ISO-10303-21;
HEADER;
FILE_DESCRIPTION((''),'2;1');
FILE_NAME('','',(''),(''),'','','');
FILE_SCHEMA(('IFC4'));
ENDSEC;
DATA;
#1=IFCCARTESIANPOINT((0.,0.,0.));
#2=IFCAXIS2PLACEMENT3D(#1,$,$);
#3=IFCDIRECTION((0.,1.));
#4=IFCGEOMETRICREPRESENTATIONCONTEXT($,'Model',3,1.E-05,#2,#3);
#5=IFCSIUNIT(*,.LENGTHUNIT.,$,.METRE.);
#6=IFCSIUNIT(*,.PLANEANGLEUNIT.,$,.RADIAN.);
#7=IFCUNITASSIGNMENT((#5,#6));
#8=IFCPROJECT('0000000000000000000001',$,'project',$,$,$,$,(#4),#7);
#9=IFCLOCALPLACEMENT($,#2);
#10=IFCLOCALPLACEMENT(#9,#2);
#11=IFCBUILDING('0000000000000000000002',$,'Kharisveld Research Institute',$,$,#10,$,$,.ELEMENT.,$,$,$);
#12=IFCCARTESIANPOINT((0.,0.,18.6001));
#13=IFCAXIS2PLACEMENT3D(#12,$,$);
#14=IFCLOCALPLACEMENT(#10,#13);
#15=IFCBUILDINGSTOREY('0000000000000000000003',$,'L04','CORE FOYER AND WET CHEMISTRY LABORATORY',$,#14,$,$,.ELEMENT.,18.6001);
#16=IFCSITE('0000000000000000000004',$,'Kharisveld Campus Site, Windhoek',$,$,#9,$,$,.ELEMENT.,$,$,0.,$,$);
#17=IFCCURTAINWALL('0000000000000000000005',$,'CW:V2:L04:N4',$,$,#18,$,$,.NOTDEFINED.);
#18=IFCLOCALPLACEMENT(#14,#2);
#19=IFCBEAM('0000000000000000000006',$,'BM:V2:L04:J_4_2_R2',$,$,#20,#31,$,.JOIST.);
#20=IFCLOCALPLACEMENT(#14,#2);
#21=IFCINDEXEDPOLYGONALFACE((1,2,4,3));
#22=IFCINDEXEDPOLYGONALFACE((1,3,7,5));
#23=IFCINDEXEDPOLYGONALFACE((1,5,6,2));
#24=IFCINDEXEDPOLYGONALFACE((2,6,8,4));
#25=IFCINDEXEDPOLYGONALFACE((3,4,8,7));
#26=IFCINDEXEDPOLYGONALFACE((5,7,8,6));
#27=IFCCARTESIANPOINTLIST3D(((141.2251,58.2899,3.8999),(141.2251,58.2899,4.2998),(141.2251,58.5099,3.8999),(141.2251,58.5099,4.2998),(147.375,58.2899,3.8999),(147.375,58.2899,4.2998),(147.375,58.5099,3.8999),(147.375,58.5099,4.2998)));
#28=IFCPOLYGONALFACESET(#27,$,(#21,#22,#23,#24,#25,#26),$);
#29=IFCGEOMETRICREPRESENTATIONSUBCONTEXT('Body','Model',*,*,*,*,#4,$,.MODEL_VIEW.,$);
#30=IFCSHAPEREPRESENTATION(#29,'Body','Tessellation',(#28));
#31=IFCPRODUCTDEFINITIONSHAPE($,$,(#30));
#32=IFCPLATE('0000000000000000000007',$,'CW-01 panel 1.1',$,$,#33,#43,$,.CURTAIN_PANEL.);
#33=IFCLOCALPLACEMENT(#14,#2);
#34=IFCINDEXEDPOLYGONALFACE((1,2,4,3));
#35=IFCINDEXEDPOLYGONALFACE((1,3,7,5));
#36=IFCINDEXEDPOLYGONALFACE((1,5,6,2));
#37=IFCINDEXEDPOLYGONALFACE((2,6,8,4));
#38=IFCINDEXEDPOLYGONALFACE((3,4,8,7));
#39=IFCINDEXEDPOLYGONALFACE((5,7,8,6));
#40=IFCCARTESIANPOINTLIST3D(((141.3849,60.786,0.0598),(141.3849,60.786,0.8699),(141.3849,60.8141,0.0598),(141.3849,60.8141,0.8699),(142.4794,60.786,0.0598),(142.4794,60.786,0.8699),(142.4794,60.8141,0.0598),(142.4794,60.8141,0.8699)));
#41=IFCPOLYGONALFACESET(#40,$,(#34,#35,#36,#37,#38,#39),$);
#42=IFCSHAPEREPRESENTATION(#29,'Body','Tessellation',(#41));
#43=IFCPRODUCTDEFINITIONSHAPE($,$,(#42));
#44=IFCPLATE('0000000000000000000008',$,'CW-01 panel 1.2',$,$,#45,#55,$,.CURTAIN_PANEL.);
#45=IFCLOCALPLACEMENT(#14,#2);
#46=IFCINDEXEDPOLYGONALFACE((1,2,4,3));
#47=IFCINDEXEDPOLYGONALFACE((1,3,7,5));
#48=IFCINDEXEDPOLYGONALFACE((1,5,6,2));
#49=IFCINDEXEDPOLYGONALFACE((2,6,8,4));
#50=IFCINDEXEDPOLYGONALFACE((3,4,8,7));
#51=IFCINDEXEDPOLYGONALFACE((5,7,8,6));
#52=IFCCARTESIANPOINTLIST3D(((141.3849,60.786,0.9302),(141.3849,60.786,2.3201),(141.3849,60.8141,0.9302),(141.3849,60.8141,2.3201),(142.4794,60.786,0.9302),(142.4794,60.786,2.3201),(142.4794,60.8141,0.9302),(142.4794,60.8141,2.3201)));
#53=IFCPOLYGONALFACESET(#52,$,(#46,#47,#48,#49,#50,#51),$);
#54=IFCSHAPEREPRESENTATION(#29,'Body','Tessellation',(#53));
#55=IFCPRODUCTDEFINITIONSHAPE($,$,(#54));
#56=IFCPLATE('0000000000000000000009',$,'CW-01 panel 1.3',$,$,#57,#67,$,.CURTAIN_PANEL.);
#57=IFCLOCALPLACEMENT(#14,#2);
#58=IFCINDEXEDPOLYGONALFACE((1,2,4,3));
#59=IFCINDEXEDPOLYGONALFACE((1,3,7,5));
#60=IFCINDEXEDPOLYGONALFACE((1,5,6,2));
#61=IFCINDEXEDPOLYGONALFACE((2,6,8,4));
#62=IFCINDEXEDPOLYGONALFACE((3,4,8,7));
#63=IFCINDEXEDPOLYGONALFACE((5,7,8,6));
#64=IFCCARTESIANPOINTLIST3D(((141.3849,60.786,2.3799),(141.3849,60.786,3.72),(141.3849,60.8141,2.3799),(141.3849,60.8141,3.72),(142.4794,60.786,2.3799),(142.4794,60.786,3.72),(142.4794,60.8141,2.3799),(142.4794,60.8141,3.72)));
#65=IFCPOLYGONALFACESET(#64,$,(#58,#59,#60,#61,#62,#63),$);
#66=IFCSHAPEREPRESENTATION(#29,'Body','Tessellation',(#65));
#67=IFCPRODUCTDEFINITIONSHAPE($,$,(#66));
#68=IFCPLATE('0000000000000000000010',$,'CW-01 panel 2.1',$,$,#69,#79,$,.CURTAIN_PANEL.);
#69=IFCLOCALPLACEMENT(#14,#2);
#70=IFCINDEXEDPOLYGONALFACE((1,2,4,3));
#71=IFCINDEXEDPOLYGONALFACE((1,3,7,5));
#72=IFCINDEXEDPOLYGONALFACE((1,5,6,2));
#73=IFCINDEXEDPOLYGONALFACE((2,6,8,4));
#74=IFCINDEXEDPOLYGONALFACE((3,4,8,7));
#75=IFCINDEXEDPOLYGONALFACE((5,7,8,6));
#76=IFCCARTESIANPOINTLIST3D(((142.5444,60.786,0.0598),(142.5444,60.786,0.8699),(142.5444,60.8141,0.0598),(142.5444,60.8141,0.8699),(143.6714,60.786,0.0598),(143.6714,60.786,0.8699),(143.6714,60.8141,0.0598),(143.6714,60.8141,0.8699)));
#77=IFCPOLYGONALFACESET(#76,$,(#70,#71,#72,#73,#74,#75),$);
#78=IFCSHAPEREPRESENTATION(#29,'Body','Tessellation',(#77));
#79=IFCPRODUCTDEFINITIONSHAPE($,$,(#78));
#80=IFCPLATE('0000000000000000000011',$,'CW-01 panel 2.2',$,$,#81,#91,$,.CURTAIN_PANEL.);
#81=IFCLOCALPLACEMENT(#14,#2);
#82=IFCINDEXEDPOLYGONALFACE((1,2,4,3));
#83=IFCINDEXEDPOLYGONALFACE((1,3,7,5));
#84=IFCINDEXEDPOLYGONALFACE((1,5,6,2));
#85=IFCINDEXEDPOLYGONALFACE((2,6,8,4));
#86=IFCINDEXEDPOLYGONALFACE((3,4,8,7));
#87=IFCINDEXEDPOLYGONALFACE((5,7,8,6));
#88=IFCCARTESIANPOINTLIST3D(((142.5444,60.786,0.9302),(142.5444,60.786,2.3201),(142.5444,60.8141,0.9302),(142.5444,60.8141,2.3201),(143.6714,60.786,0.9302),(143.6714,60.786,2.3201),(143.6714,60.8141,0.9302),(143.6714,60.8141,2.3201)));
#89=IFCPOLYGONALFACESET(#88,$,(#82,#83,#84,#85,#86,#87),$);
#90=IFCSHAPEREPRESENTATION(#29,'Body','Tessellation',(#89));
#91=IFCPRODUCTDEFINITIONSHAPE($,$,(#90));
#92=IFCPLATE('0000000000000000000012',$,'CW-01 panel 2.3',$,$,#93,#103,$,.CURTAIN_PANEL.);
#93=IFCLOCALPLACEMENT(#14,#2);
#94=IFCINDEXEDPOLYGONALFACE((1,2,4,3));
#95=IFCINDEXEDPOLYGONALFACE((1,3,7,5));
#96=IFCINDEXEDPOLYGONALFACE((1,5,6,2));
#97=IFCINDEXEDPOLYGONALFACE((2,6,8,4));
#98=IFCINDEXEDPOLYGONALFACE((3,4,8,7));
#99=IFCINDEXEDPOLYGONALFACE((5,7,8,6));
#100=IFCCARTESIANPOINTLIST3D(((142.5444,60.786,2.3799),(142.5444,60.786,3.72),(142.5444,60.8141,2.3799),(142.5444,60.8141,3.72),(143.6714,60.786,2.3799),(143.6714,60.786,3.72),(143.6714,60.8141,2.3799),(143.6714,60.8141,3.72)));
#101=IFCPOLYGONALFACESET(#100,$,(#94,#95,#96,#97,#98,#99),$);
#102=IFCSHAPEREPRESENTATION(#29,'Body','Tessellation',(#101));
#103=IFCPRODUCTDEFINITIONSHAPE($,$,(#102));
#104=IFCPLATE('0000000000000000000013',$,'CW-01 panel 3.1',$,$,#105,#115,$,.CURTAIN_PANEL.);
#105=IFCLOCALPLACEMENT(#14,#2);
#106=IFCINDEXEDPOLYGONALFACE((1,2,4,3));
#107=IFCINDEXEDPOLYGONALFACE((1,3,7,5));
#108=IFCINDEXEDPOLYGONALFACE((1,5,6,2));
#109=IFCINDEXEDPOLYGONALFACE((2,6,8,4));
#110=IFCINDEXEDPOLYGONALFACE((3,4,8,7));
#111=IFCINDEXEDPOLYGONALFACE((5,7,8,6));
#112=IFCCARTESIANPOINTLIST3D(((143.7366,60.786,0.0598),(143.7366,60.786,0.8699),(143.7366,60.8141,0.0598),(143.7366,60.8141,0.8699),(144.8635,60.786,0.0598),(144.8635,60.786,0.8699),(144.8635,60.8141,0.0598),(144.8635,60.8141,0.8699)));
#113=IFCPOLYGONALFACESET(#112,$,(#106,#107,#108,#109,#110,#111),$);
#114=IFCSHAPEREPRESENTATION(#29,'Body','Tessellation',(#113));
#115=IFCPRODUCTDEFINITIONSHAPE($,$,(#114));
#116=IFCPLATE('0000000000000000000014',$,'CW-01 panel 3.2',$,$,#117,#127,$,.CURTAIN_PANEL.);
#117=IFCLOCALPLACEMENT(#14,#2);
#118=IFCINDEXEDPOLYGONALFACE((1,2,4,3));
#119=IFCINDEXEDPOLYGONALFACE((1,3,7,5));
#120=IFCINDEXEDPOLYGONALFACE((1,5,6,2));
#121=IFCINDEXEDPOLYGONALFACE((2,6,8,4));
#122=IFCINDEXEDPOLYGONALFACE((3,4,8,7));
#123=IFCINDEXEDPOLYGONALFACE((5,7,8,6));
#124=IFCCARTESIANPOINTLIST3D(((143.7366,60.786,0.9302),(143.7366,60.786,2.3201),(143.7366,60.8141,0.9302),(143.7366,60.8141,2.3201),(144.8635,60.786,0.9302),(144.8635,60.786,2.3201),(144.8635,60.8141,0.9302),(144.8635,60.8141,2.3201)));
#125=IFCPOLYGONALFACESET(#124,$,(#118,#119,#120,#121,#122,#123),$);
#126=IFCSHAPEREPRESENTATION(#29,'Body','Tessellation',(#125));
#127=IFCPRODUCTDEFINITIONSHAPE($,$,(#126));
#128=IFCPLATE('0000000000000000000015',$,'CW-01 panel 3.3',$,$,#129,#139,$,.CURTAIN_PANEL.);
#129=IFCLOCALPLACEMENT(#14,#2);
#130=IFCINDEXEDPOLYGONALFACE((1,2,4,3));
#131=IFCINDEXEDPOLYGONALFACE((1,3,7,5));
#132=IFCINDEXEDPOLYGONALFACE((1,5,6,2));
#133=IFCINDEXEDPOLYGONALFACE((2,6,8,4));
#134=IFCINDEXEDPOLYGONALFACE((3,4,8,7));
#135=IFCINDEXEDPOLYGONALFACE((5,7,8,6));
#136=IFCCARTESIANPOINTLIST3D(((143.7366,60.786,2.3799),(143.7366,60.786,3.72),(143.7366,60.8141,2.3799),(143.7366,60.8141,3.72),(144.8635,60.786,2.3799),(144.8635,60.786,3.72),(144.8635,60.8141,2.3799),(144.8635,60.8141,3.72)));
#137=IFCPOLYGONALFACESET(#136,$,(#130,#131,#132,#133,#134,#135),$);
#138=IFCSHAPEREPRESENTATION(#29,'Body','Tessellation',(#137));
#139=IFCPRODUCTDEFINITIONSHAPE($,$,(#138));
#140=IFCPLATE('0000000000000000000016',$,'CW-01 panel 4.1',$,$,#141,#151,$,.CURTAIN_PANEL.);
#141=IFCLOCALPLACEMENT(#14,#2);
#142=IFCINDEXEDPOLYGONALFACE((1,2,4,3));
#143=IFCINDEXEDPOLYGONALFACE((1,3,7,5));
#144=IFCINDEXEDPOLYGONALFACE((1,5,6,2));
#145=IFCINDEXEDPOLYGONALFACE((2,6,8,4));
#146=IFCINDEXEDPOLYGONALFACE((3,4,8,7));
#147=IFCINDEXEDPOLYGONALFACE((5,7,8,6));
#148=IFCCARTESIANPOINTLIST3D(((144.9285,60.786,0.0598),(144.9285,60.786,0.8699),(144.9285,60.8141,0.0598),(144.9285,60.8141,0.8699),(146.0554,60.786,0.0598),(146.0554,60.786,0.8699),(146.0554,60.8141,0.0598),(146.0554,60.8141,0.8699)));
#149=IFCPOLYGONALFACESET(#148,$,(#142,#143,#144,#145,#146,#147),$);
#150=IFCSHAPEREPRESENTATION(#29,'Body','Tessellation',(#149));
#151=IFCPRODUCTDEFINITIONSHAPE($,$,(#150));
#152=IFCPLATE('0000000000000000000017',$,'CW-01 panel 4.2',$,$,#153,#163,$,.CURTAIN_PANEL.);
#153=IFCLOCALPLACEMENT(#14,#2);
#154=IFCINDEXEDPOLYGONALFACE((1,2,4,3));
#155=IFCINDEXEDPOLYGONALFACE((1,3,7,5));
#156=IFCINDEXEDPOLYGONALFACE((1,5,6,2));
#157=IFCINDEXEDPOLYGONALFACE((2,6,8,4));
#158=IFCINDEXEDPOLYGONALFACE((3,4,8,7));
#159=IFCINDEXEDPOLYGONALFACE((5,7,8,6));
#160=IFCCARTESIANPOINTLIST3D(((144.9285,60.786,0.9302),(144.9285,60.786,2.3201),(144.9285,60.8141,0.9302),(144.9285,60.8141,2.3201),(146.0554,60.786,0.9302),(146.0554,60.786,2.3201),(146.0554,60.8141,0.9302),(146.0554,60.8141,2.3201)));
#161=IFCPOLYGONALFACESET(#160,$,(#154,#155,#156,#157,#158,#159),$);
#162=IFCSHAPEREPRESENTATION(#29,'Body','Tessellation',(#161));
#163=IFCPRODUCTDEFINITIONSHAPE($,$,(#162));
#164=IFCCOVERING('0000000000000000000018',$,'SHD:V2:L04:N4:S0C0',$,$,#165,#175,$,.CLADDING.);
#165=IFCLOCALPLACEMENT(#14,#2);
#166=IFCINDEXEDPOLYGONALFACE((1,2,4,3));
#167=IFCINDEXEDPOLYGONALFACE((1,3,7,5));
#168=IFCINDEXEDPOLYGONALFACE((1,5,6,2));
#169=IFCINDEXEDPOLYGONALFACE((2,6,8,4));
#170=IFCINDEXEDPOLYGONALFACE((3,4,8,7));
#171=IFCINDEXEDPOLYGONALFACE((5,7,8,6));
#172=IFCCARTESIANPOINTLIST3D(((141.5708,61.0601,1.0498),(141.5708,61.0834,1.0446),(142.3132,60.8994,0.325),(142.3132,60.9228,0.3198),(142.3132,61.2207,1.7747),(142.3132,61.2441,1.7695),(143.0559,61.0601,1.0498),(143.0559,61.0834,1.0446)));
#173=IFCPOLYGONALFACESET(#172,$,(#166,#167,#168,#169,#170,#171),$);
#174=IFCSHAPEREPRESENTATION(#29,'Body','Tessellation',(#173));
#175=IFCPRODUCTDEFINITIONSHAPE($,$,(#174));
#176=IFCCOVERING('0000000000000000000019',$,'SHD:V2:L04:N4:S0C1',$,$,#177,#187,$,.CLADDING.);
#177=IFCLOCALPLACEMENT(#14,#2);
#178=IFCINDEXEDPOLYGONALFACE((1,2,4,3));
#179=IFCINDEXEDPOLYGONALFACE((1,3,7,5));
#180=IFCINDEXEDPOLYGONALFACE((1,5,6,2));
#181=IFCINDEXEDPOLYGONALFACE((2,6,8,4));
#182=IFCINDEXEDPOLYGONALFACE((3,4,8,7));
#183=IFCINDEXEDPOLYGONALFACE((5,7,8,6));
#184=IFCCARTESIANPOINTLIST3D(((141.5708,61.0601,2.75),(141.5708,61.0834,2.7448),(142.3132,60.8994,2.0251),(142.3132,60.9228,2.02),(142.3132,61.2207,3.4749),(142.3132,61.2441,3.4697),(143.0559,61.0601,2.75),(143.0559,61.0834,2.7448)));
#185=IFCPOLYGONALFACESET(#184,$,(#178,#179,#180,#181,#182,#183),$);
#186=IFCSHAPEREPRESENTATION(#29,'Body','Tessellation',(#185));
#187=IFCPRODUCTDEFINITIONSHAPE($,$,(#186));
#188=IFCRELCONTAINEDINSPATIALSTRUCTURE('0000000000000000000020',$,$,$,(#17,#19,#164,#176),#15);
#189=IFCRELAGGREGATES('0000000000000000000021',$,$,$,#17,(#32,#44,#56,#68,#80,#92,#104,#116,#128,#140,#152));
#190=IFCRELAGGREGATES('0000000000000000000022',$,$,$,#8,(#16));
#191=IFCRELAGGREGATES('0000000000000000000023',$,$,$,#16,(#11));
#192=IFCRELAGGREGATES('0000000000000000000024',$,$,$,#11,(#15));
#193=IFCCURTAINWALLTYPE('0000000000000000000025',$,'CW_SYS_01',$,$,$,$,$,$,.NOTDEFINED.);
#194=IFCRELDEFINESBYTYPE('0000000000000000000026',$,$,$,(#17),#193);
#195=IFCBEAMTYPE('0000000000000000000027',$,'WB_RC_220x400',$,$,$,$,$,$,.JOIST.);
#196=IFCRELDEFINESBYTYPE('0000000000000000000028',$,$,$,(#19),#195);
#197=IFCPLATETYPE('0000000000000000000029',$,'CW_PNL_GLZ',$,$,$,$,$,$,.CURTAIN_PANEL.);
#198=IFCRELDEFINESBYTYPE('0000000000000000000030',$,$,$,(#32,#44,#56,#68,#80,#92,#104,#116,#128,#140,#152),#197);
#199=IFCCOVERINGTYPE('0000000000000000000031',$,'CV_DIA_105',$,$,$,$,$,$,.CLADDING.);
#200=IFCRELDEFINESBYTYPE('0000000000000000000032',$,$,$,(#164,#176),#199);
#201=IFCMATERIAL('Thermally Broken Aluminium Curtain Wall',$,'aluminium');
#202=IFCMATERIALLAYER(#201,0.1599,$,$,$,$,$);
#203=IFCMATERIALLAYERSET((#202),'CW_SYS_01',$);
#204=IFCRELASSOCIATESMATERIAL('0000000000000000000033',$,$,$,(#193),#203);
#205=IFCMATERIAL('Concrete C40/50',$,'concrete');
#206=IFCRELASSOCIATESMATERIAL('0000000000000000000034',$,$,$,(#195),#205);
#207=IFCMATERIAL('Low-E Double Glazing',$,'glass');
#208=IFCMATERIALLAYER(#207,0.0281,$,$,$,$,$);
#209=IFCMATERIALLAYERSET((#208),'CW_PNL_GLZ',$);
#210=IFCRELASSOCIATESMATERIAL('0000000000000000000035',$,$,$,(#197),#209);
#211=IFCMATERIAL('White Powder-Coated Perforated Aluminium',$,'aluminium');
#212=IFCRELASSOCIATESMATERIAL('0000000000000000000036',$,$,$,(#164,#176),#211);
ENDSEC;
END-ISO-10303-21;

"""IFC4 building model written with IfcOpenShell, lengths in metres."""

from ifc_helpers import new_model, si_unit, direction, frame, origin, origin_2d, place, context, subcontext, project, spatial, polyline, rectangle, outline, extrude, material, layer, layer_set, material_profile, profile_set, type_object, element, aggregate, save


model = new_model("IFC4")

# Units and contexts
model_context = context("Model", 3, precision=1e-05, world=origin(), true_north=direction((0.0, 1.0)))
body_context = subcontext(model_context, "Body", "Model", "MODEL_VIEW")
ifc_project = project(units=[si_unit("LENGTHUNIT", "METRE"), si_unit("PLANEANGLEUNIT", "RADIAN")], contexts=[model_context])

# Site, building, storey
site_placement = place(None, origin())
site = spatial("IfcSite", under=ifc_project, at=site_placement, Name="Kharisveld Campus Site, Windhoek", CompositionType="ELEMENT", RefElevation=0.0)
building_placement = place(site_placement, origin())
building = spatial("IfcBuilding", under=site, at=building_placement, Name="Kharisveld Research Institute", CompositionType="ELEMENT")
storey_placement = place(building_placement, frame((0.0, 0.0, 18.6001)))
storey = spatial("IfcBuildingStorey", under=building, at=storey_placement, Name="L04", Description="CORE FOYER AND WET CHEMISTRY LABORATORY", CompositionType="ELEMENT", Elevation=18.6001)

# Curtain wall
ifc_material_1 = material(Name="Thermally Broken Aluminium Curtain Wall", Category="aluminium")
ifc_layer_1 = layer(ifc_material_1, 0.1599)
ifc_layer_set_1 = layer_set([ifc_layer_1], Name="CW_SYS_01")
curtain_wall_type = type_object("IfcCurtainWallType", Name="CW_SYS_01", PredefinedType="NOTDEFINED", material=ifc_layer_set_1)
curtain_wall_placement = place(storey_placement, origin())
curtain_wall = element("IfcCurtainWall", 1, at=curtain_wall_placement, inside=storey, type_object=curtain_wall_type, Name="CW:V2:L04:N4", PredefinedType="NOTDEFINED")

# Beam
ifc_material_2 = material(Name="Concrete C40/50", Category="concrete")
ifc_material_profile_1 = material_profile(ifc_material_2, rectangle(XDim=0.22, YDim=0.3999, at=origin_2d()))
ifc_profile_set_1 = profile_set([ifc_material_profile_1], Name="Concrete C40/50")
beam_type_1 = type_object("IfcBeamType", Name="WB_RC_220x400", PredefinedType="JOIST", material=ifc_profile_set_1)
beam_1_placement = place(storey_placement, frame((141.2251, 58.3999, 4.0999), z_axis=(1.0, 0.0, 0.0), x_axis=(0.0, 1.0, 0.0)))
element("IfcBeam", 2, at=beam_1_placement, inside=storey, type_object=beam_type_1, Name="BM:V2:L04:J_4_2_R2", PredefinedType="JOIST", context=body_context, shape_type="SweptSolid", body=[
    extrude(rectangle(XDim=0.22, YDim=0.3999, at=origin_2d()), origin(), (0.0, 0.0, 1.0), 6.1499),
])

# Plates
ifc_material_3 = material(Name="Low-E Double Glazing", Category="glass")
ifc_layer_2 = layer(ifc_material_3, 0.0281)
ifc_layer_set_2 = layer_set([ifc_layer_2], Name="CW_PNL_GLZ")
plate_type = type_object("IfcPlateType", Name="CW_PNL_GLZ", PredefinedType="CURTAIN_PANEL", material=ifc_layer_set_2)
plate_1_placement = place(storey_placement, frame((141.9321, 60.8, 0.0598), z_axis=(0.0, 0.0, 1.0), x_axis=(1.0, 0.0, 0.0)))
plate_1 = element("IfcPlate", 3, at=plate_1_placement, type_object=plate_type, Name="CW-01 panel 1.1", PredefinedType="CURTAIN_PANEL", context=body_context, shape_type="SweptSolid", body=[
    extrude(rectangle(XDim=1.0945, YDim=0.0281, at=origin_2d()), origin(), (0.0, 0.0, 1.0), 0.8101),
])
plate_2_placement = place(storey_placement, frame((141.9321, 60.8, 0.9302), z_axis=(0.0, 0.0, 1.0), x_axis=(1.0, 0.0, 0.0)))
plate_2 = element("IfcPlate", 4, at=plate_2_placement, type_object=plate_type, Name="CW-01 panel 1.2", PredefinedType="CURTAIN_PANEL", context=body_context, shape_type="SweptSolid", body=[
    extrude(rectangle(XDim=1.0945, YDim=0.0281, at=origin_2d()), origin(), (0.0, 0.0, 1.0), 1.3899),
])
plate_3_placement = place(storey_placement, frame((141.9321, 60.8, 2.3799), z_axis=(0.0, 0.0, 1.0), x_axis=(1.0, 0.0, 0.0)))
plate_3 = element("IfcPlate", 5, at=plate_3_placement, type_object=plate_type, Name="CW-01 panel 1.3", PredefinedType="CURTAIN_PANEL", context=body_context, shape_type="SweptSolid", body=[
    extrude(rectangle(XDim=1.0945, YDim=0.0281, at=origin_2d()), origin(), (0.0, 0.0, 1.0), 1.3401),
])
plate_4_placement = place(storey_placement, frame((143.1079, 60.8, 0.0598), z_axis=(0.0, 0.0, 1.0), x_axis=(1.0, 0.0, 0.0)))
plate_4 = element("IfcPlate", 6, at=plate_4_placement, type_object=plate_type, Name="CW-01 panel 2.1", PredefinedType="CURTAIN_PANEL", context=body_context, shape_type="SweptSolid", body=[
    extrude(rectangle(XDim=1.127, YDim=0.0281, at=origin_2d()), origin(), (0.0, 0.0, 1.0), 0.8101),
])
plate_5_placement = place(storey_placement, frame((143.1079, 60.8, 0.9302), z_axis=(0.0, 0.0, 1.0), x_axis=(1.0, 0.0, 0.0)))
plate_5 = element("IfcPlate", 7, at=plate_5_placement, type_object=plate_type, Name="CW-01 panel 2.2", PredefinedType="CURTAIN_PANEL", context=body_context, shape_type="SweptSolid", body=[
    extrude(rectangle(XDim=1.127, YDim=0.0281, at=origin_2d()), origin(), (0.0, 0.0, 1.0), 1.3899),
])
plate_6_placement = place(storey_placement, frame((143.1079, 60.8, 2.3799), z_axis=(0.0, 0.0, 1.0), x_axis=(1.0, 0.0, 0.0)))
plate_6 = element("IfcPlate", 8, at=plate_6_placement, type_object=plate_type, Name="CW-01 panel 2.3", PredefinedType="CURTAIN_PANEL", context=body_context, shape_type="SweptSolid", body=[
    extrude(rectangle(XDim=1.127, YDim=0.0281, at=origin_2d()), origin(), (0.0, 0.0, 1.0), 1.3401),
])
plate_7_placement = place(storey_placement, frame((144.3, 60.8, 0.0598), z_axis=(0.0, 0.0, 1.0), x_axis=(1.0, 0.0, 0.0)))
plate_7 = element("IfcPlate", 9, at=plate_7_placement, type_object=plate_type, Name="CW-01 panel 3.1", PredefinedType="CURTAIN_PANEL", context=body_context, shape_type="SweptSolid", body=[
    extrude(rectangle(XDim=1.127, YDim=0.0281, at=origin_2d()), origin(), (0.0, 0.0, 1.0), 0.8101),
])
plate_8_placement = place(storey_placement, frame((144.3, 60.8, 0.9302), z_axis=(0.0, 0.0, 1.0), x_axis=(1.0, 0.0, 0.0)))
plate_8 = element("IfcPlate", 10, at=plate_8_placement, type_object=plate_type, Name="CW-01 panel 3.2", PredefinedType="CURTAIN_PANEL", context=body_context, shape_type="SweptSolid", body=[
    extrude(rectangle(XDim=1.127, YDim=0.0281, at=origin_2d()), origin(), (0.0, 0.0, 1.0), 1.3899),
])
plate_9_placement = place(storey_placement, frame((144.3, 60.8, 2.3799), z_axis=(0.0, 0.0, 1.0), x_axis=(1.0, 0.0, 0.0)))
plate_9 = element("IfcPlate", 11, at=plate_9_placement, type_object=plate_type, Name="CW-01 panel 3.3", PredefinedType="CURTAIN_PANEL", context=body_context, shape_type="SweptSolid", body=[
    extrude(rectangle(XDim=1.127, YDim=0.0281, at=origin_2d()), origin(), (0.0, 0.0, 1.0), 1.3401),
])
plate_10_placement = place(storey_placement, frame((145.4919, 60.8, 0.0598), z_axis=(0.0, 0.0, 1.0), x_axis=(1.0, 0.0, 0.0)))
plate_10 = element("IfcPlate", 12, at=plate_10_placement, type_object=plate_type, Name="CW-01 panel 4.1", PredefinedType="CURTAIN_PANEL", context=body_context, shape_type="SweptSolid", body=[
    extrude(rectangle(XDim=1.127, YDim=0.0281, at=origin_2d()), origin(), (0.0, 0.0, 1.0), 0.8101),
])
plate_11_placement = place(storey_placement, frame((145.4919, 60.8, 0.9302), z_axis=(0.0, 0.0, 1.0), x_axis=(1.0, 0.0, 0.0)))
plate_11 = element("IfcPlate", 13, at=plate_11_placement, type_object=plate_type, Name="CW-01 panel 4.2", PredefinedType="CURTAIN_PANEL", context=body_context, shape_type="SweptSolid", body=[
    extrude(rectangle(XDim=1.127, YDim=0.0281, at=origin_2d()), origin(), (0.0, 0.0, 1.0), 1.3899),
])
aggregate(curtain_wall, [plate_1, plate_2, plate_3, plate_4, plate_5, plate_6, plate_7, plate_8, plate_9, plate_10, plate_11])

# Coverings
ifc_material_4 = material(Name="White Powder-Coated Perforated Aluminium", Category="aluminium")
covering_type = type_object("IfcCoveringType", Name="CV_DIA_105", PredefinedType="CLADDING")
for number, where, z_axis, x_axis, name in (
    (14, (142.3132, 60.8994, 0.325), (0.0, -0.976311, 0.216373), (0.707218, 0.152975, 0.690247), "SHD:V2:L04:N4:S0C0"),
    (15, (142.3132, 60.8994, 2.0251), (0.0, -0.976311, 0.216373), (0.707218, 0.152975, 0.690247), "SHD:V2:L04:N4:S0C1"),
):
    element("IfcCovering", number, at=place(storey_placement, frame(where, z_axis=z_axis, x_axis=x_axis)), inside=storey, type_object=covering_type, material=ifc_material_4, Name=name, PredefinedType="CLADDING", context=body_context, shape_type="SweptSolid", body=[
        extrude(outline(polyline([(0.0, 0.0), (1.0501, 0.0), (1.0498, 1.0501), (-0.0002, 1.05), (0.0, 0.0)])), origin(), (0.0, 0.0, -1.0), 0.0239),
    ])

save(model, "model.ifc")
